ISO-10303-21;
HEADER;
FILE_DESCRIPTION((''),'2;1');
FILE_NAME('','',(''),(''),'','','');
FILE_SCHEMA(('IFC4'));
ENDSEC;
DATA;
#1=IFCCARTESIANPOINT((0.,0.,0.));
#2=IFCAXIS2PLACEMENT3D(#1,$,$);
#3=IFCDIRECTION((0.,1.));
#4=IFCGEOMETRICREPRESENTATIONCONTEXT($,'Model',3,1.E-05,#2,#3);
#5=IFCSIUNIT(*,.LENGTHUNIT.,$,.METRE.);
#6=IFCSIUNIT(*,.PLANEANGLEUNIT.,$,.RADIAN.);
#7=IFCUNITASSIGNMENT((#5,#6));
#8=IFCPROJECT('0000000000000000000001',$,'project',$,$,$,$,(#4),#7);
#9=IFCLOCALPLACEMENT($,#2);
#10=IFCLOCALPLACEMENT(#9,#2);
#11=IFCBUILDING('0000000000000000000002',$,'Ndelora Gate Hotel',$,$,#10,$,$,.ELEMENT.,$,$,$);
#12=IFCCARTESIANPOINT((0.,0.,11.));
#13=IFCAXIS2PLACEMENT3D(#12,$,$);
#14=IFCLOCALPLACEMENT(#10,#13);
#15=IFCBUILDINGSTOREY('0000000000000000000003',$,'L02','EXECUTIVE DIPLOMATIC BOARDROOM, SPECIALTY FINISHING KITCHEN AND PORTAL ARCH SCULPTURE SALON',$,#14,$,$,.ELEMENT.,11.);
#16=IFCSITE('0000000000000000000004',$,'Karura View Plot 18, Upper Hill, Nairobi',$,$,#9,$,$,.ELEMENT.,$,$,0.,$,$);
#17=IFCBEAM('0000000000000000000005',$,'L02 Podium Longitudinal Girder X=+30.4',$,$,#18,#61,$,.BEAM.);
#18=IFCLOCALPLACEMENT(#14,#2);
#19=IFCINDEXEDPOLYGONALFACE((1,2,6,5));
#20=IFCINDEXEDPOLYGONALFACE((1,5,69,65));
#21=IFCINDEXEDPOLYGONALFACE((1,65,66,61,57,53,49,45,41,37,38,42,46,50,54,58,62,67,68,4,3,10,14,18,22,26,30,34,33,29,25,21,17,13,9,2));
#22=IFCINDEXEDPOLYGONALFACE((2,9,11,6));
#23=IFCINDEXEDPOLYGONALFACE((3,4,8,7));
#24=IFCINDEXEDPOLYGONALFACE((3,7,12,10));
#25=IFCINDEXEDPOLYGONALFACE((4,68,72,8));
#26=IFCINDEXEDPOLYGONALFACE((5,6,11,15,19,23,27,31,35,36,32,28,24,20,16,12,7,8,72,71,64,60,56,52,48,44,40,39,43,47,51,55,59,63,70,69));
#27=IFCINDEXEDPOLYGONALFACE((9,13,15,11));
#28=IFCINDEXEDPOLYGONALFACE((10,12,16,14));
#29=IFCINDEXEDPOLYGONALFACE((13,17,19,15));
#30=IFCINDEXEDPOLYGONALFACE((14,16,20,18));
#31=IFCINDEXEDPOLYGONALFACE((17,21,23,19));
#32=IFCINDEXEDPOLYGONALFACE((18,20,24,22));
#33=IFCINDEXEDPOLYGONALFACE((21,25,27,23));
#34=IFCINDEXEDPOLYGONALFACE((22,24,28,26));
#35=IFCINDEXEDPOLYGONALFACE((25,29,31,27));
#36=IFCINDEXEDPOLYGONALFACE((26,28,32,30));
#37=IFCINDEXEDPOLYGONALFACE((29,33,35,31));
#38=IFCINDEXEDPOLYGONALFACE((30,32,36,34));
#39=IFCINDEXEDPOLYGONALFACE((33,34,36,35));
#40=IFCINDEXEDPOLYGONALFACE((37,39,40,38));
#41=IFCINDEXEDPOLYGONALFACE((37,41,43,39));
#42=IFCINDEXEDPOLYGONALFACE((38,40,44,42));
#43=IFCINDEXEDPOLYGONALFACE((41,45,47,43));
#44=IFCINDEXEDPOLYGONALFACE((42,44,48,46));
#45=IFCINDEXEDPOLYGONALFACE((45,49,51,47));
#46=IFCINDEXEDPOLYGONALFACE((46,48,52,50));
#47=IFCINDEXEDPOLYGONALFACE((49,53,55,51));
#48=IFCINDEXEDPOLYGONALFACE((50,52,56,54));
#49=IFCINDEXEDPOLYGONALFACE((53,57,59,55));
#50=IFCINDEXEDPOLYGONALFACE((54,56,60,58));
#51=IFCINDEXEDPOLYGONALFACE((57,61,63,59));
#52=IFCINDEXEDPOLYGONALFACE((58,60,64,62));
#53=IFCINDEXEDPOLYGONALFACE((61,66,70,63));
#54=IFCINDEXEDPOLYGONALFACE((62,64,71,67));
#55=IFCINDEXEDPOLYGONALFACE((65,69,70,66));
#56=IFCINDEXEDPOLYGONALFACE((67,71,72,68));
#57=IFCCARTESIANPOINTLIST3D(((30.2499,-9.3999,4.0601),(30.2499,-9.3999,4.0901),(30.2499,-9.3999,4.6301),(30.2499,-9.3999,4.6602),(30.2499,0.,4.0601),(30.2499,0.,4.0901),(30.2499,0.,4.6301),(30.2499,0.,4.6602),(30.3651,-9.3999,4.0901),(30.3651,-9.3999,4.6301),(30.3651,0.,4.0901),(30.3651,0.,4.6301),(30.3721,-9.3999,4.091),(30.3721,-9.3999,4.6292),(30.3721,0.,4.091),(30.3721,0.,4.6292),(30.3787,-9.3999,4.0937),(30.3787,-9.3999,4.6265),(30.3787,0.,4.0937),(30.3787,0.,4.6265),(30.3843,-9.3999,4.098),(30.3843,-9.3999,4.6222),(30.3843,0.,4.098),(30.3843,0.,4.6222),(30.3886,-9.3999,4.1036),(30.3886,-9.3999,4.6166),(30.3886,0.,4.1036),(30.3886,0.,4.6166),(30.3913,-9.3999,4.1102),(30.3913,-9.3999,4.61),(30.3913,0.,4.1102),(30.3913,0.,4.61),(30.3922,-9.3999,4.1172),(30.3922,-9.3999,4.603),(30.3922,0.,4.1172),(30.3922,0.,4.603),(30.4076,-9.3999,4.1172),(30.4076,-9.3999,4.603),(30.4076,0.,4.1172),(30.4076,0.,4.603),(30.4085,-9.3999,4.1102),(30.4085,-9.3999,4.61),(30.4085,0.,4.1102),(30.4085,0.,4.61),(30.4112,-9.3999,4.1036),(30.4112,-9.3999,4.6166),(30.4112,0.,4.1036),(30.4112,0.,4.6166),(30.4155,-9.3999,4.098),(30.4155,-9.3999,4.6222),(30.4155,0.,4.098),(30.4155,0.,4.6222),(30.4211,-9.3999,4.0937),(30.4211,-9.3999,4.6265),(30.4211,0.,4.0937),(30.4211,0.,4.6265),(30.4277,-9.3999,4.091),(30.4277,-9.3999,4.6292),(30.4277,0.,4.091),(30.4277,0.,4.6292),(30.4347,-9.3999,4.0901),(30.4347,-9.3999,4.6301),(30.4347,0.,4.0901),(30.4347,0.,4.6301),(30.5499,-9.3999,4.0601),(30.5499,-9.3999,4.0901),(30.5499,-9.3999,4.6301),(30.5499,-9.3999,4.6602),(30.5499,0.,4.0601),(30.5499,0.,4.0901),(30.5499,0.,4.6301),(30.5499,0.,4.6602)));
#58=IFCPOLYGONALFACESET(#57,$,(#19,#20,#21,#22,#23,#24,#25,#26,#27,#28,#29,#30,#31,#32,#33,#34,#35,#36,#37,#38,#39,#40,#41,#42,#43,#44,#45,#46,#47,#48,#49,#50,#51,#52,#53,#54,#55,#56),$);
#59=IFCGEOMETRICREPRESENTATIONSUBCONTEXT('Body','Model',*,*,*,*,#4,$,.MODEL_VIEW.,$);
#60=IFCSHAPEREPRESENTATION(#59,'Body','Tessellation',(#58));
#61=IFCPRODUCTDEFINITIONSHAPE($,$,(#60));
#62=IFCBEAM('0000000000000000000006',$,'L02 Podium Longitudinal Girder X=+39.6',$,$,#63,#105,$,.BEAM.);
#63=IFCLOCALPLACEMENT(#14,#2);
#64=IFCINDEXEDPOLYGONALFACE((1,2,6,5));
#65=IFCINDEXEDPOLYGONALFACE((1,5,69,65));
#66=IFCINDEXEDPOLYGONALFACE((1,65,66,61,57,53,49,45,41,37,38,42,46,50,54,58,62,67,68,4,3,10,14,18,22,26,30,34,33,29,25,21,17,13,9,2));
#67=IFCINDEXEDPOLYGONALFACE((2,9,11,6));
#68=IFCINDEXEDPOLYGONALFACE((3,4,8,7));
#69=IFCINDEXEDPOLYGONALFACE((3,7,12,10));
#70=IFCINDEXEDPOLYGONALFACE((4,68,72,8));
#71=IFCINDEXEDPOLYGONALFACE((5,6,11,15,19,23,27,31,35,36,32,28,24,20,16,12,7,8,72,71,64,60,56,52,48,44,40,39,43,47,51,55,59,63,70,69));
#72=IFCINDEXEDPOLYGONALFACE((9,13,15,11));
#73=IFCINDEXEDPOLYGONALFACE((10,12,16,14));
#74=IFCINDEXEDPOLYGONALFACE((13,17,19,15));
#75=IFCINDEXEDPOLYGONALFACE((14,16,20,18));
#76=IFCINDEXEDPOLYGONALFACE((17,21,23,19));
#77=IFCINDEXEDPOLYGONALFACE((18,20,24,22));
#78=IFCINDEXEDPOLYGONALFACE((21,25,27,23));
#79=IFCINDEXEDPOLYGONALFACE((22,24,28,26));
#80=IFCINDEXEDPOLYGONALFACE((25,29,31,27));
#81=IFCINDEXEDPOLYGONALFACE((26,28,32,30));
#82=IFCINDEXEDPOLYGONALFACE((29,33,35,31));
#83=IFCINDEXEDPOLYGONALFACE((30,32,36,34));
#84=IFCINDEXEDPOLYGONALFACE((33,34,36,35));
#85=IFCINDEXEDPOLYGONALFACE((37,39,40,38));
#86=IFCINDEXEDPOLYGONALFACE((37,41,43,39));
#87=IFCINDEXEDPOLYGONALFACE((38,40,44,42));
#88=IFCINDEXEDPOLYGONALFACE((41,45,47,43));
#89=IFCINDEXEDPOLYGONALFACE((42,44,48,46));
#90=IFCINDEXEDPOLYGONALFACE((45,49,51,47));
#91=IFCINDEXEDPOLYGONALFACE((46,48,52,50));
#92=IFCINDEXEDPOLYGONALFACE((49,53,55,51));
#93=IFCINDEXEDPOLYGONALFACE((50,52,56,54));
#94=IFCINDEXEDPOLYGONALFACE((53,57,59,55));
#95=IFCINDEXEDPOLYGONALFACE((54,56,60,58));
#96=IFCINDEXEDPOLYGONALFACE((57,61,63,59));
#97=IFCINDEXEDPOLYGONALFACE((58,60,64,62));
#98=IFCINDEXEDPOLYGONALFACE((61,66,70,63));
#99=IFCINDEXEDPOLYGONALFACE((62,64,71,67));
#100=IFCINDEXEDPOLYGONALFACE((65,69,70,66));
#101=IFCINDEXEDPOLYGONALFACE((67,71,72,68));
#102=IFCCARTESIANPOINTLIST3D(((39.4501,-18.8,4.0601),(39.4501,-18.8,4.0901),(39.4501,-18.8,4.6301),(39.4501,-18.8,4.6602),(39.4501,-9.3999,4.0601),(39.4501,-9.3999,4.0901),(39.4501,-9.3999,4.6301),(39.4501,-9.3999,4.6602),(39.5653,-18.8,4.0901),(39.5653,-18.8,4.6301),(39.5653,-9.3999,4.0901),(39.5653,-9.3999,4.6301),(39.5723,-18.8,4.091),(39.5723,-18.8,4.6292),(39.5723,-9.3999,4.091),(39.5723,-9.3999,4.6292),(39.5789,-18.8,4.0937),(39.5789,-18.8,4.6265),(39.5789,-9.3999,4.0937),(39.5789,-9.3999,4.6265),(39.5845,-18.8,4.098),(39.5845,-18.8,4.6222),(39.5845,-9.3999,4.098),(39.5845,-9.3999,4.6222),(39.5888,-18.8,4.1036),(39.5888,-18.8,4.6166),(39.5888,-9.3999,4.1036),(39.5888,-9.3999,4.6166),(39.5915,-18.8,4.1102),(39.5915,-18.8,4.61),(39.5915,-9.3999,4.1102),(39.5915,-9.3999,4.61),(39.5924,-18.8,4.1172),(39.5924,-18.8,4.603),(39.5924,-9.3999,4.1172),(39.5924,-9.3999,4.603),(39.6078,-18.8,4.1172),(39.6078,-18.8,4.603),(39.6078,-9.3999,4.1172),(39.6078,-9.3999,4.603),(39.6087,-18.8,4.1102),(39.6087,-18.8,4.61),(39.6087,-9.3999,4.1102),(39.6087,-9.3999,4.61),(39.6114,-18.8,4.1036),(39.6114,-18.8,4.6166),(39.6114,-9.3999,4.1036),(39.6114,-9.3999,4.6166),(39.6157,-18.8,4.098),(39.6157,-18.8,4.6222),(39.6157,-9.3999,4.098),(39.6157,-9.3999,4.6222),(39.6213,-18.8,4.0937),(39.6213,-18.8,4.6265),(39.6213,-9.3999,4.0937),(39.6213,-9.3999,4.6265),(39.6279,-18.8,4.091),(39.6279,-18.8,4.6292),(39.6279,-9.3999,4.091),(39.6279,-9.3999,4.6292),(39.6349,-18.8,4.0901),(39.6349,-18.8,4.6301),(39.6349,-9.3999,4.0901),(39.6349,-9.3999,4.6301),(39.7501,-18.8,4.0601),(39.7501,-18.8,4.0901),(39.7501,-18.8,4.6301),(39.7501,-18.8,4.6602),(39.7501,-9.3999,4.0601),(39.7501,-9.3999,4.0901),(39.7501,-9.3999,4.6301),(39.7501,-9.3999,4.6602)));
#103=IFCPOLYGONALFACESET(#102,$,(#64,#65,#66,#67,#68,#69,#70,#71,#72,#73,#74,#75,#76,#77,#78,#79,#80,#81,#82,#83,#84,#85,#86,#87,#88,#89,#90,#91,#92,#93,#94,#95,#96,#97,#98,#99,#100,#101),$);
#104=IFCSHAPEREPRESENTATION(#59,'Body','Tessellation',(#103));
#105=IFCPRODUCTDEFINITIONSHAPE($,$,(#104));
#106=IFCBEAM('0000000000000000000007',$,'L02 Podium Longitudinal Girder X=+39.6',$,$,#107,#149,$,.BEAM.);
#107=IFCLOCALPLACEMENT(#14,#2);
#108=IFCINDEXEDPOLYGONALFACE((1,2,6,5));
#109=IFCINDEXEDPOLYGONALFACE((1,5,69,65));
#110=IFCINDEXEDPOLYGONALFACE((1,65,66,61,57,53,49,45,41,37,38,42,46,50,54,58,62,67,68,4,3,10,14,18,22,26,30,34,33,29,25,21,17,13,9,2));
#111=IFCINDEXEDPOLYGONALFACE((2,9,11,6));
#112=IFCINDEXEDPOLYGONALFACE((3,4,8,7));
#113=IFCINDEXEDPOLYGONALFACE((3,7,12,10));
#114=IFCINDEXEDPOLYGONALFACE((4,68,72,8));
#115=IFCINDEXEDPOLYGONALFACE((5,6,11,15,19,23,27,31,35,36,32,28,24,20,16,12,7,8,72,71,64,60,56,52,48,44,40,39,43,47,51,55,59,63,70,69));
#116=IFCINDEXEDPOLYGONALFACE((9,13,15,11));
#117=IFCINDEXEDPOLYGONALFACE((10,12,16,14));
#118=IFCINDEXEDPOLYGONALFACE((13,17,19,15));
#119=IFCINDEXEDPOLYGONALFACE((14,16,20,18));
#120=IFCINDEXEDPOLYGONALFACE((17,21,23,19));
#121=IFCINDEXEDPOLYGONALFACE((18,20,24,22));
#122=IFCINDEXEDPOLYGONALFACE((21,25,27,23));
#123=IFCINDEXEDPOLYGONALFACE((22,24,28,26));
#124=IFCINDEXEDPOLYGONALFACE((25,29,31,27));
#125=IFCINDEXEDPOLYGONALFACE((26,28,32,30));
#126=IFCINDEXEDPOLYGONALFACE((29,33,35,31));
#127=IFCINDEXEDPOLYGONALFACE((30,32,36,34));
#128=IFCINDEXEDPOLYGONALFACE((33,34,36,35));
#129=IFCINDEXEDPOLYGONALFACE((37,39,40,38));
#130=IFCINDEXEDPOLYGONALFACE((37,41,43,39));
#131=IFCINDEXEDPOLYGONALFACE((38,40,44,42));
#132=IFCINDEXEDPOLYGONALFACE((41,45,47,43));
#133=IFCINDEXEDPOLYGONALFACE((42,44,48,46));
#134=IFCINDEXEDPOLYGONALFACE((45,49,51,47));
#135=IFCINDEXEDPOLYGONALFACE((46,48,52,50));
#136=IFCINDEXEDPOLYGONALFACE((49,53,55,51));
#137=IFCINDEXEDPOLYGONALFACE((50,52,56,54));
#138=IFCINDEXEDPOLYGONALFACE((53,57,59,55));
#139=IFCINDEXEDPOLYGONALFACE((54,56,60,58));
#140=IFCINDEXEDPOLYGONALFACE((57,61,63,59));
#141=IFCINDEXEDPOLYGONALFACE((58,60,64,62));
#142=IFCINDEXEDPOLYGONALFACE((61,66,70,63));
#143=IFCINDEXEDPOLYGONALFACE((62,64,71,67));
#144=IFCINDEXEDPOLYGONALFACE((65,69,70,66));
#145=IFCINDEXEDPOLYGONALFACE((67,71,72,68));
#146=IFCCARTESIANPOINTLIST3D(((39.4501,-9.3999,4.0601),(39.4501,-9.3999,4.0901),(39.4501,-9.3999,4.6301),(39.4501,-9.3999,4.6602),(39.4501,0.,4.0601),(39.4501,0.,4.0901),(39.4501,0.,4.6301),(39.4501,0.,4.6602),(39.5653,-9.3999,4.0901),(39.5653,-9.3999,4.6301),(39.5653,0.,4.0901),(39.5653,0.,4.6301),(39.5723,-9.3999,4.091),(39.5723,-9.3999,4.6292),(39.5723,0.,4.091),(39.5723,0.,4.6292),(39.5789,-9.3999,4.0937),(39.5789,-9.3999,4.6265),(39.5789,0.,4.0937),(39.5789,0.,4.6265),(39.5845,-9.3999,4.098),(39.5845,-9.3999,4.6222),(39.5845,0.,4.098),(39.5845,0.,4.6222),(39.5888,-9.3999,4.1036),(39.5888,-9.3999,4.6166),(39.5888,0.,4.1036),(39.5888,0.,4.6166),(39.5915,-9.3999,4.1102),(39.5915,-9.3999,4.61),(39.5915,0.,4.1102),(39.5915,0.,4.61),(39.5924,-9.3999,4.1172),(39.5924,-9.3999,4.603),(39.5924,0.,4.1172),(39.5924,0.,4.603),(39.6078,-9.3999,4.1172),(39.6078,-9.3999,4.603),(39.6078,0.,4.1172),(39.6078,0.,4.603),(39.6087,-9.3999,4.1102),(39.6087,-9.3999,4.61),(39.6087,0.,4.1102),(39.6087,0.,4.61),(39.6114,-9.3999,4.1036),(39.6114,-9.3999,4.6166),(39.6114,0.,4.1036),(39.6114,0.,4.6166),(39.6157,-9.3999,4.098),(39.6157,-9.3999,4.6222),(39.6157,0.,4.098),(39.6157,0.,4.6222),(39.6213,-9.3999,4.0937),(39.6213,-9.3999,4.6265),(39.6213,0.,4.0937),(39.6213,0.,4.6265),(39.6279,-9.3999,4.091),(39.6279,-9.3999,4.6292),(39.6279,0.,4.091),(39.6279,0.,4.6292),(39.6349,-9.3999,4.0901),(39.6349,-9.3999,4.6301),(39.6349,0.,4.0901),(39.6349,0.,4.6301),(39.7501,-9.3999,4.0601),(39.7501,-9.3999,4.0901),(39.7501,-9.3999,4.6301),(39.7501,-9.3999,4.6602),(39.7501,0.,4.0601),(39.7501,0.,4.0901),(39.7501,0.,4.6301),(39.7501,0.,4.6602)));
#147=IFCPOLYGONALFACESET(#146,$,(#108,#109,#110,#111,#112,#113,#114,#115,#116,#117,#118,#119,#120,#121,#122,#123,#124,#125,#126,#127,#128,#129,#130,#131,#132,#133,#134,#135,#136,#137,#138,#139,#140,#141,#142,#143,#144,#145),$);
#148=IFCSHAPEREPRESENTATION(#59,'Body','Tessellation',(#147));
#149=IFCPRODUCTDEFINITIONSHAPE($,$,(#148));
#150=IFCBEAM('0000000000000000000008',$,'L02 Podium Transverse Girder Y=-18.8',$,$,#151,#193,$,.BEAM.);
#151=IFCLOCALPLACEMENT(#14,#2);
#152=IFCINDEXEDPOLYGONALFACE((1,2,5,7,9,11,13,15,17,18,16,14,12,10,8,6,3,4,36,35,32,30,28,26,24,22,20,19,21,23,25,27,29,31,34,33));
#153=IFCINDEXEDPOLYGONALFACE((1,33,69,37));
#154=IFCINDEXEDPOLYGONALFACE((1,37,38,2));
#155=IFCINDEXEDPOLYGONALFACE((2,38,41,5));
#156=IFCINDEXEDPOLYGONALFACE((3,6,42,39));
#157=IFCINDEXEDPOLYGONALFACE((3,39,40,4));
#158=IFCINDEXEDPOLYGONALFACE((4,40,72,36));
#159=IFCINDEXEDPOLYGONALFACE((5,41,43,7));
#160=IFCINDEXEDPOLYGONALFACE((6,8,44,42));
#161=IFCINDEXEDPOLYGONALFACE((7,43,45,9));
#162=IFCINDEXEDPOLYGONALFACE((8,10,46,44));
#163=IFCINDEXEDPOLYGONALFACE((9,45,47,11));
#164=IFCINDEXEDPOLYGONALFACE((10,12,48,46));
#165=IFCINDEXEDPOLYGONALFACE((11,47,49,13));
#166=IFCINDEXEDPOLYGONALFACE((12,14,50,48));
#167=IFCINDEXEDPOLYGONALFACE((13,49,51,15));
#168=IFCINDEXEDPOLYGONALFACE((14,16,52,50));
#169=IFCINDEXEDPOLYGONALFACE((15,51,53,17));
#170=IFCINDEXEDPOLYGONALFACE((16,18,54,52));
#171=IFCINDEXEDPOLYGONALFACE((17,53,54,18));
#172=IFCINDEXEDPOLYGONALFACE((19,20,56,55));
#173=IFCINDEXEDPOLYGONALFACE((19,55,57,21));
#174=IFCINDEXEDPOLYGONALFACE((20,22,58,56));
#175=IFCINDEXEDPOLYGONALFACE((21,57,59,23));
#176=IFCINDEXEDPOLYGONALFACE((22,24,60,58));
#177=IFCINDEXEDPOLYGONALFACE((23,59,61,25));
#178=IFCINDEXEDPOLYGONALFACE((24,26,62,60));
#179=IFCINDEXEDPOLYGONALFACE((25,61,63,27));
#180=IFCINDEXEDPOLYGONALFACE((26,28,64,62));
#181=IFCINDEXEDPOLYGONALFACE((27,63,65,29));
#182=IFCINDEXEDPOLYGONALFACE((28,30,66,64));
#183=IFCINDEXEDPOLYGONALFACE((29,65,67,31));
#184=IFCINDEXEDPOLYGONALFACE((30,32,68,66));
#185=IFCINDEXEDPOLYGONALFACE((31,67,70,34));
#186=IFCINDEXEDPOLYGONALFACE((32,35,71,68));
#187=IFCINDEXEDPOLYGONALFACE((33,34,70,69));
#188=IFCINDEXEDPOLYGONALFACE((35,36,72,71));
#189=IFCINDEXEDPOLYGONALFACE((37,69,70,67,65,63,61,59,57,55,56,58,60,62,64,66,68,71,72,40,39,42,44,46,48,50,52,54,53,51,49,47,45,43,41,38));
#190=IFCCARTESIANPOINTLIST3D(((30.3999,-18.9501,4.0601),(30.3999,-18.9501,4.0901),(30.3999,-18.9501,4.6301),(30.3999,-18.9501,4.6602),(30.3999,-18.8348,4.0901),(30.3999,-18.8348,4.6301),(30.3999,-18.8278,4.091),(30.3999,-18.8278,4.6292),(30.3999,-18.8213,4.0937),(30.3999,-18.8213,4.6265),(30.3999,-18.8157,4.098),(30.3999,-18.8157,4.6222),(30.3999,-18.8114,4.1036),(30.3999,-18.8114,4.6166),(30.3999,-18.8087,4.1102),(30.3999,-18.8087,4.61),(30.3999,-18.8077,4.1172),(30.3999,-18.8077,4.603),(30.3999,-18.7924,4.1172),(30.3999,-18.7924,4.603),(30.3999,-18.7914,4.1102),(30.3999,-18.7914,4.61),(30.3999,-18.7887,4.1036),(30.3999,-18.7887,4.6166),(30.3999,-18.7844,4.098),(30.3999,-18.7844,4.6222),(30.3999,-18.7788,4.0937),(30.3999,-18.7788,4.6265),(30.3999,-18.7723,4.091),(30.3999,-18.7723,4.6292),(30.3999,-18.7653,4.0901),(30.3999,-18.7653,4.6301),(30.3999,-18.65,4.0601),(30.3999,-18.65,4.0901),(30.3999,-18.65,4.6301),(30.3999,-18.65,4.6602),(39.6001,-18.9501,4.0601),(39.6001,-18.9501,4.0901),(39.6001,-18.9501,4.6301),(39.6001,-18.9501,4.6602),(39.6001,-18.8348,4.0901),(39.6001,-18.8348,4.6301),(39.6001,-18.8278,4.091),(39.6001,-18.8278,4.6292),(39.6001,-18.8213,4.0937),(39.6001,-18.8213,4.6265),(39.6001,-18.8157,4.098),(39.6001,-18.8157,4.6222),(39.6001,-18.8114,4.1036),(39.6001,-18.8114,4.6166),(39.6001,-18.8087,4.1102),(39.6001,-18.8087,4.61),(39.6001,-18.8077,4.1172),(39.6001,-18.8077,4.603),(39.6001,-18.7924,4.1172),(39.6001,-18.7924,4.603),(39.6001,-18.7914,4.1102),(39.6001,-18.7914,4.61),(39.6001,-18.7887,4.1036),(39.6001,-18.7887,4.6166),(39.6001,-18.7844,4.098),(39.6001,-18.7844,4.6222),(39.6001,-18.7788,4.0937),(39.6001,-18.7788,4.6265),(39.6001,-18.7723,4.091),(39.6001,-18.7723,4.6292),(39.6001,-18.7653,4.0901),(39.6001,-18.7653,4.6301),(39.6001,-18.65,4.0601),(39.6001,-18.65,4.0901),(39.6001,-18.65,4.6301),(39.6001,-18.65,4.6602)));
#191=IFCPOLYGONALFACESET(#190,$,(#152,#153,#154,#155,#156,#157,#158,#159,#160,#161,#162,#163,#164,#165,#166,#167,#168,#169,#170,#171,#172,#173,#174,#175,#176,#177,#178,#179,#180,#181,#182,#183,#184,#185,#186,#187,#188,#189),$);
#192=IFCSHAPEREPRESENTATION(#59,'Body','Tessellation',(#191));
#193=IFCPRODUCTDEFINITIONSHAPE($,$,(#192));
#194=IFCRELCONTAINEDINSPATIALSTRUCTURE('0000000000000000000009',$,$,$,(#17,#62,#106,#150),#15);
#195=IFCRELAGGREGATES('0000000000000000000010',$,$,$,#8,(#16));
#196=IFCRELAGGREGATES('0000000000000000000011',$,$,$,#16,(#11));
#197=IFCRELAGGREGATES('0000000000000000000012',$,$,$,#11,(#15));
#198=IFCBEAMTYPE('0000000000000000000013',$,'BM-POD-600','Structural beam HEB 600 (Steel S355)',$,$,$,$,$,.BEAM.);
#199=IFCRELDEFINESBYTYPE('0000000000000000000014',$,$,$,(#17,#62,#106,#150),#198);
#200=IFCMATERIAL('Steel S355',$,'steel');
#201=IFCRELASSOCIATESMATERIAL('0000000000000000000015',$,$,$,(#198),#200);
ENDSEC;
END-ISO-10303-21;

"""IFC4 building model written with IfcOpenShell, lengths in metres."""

from ifc_helpers import new_model, si_unit, direction, frame, origin, origin_2d, place, context, subcontext, project, spatial, i_section, extrude, material, material_profile, profile_set, type_object, element, save


model = new_model("IFC4")

# Units and contexts
model_context = context("Model", 3, precision=1e-05, world=origin(), true_north=direction((0.0, 1.0)))
body_context = subcontext(model_context, "Body", "Model", "MODEL_VIEW")
ifc_project = project(units=[si_unit("LENGTHUNIT", "METRE"), si_unit("PLANEANGLEUNIT", "RADIAN")], contexts=[model_context])

# Site, building, storey
site_placement = place(None, origin())
site = spatial("IfcSite", under=ifc_project, at=site_placement, Name="Karura View Plot 18, Upper Hill, Nairobi", CompositionType="ELEMENT", RefElevation=0.0)
building_placement = place(site_placement, origin())
building = spatial("IfcBuilding", under=site, at=building_placement, Name="Ndelora Gate Hotel", CompositionType="ELEMENT")
storey_placement = place(building_placement, frame((0.0, 0.0, 11.0)))
storey = spatial("IfcBuildingStorey", under=building, at=storey_placement, Name="L02", Description="EXECUTIVE DIPLOMATIC BOARDROOM, SPECIALTY FINISHING KITCHEN AND PORTAL ARCH SCULPTURE SALON", CompositionType="ELEMENT", Elevation=11.0)

# Beams
ifc_material_1 = material(Name="Steel S355", Category="steel")
ifc_material_profile_1 = material_profile(ifc_material_1, i_section(OverallWidth=0.3, OverallDepth=0.6001, WebThickness=0.0154, FlangeThickness=0.03, FilletRadius=0.0271, at=origin_2d()), Name="HEB 600")
ifc_profile_set_1 = profile_set([ifc_material_profile_1], Name="Steel S355")
beam_type_1 = type_object("IfcBeamType", Name="BM-POD-600", Description="Structural beam HEB 600 (Steel S355)", PredefinedType="BEAM", material=ifc_profile_set_1)
beam_1_placement = place(storey_placement, frame((30.3999, -9.3999, 4.3601), z_axis=(0.0, 1.0, 0.0), x_axis=(-1.0, 0.0, 0.0)))
element("IfcBeam", 1, at=beam_1_placement, inside=storey, type_object=beam_type_1, Name="L02 Podium Longitudinal Girder X=+30.4", PredefinedType="BEAM", context=body_context, shape_type="SweptSolid", body=[
    extrude(i_section(OverallWidth=0.3, OverallDepth=0.6001, WebThickness=0.0154, FlangeThickness=0.03, FilletRadius=0.0271, at=origin_2d()), origin(), (0.0, 0.0, 1.0), 9.3999),
])
beam_2_placement = place(storey_placement, frame((39.6001, -18.8, 4.3601), z_axis=(0.0, 1.0, 0.0), x_axis=(-1.0, 0.0, 0.0)))
element("IfcBeam", 2, at=beam_2_placement, inside=storey, type_object=beam_type_1, Name="L02 Podium Longitudinal Girder X=+39.6", PredefinedType="BEAM", context=body_context, shape_type="SweptSolid", body=[
    extrude(i_section(OverallWidth=0.3, OverallDepth=0.6001, WebThickness=0.0154, FlangeThickness=0.03, FilletRadius=0.0271, at=origin_2d()), origin(), (0.0, 0.0, 1.0), 9.4001),
])
beam_3_placement = place(storey_placement, frame((39.6001, -9.3999, 4.3601), z_axis=(0.0, 1.0, 0.0), x_axis=(-1.0, 0.0, 0.0)))
element("IfcBeam", 3, at=beam_3_placement, inside=storey, type_object=beam_type_1, Name="L02 Podium Longitudinal Girder X=+39.6", PredefinedType="BEAM", context=body_context, shape_type="SweptSolid", body=[
    extrude(i_section(OverallWidth=0.3, OverallDepth=0.6001, WebThickness=0.0154, FlangeThickness=0.03, FilletRadius=0.0271, at=origin_2d()), origin(), (0.0, 0.0, 1.0), 9.3999),
])
for number, where, z_axis, x_axis, name in (
    (4, (30.3999, -18.8, 4.3601), (1.0, 0.0, 0.0), (0.0, 1.0, 0.0), "L02 Podium Transverse Girder Y=-18.8"),
):
    element("IfcBeam", number, at=place(storey_placement, frame(where, z_axis=z_axis, x_axis=x_axis)), inside=storey, type_object=beam_type_1, Name=name, PredefinedType="BEAM", context=body_context, shape_type="SweptSolid", body=[
        extrude(i_section(OverallWidth=0.3, OverallDepth=0.6001, WebThickness=0.0154, FlangeThickness=0.03, FilletRadius=0.0271, at=origin_2d()), origin(), (0.0, 0.0, 1.0), 9.2002),
    ])

save(model, "model.ifc")
